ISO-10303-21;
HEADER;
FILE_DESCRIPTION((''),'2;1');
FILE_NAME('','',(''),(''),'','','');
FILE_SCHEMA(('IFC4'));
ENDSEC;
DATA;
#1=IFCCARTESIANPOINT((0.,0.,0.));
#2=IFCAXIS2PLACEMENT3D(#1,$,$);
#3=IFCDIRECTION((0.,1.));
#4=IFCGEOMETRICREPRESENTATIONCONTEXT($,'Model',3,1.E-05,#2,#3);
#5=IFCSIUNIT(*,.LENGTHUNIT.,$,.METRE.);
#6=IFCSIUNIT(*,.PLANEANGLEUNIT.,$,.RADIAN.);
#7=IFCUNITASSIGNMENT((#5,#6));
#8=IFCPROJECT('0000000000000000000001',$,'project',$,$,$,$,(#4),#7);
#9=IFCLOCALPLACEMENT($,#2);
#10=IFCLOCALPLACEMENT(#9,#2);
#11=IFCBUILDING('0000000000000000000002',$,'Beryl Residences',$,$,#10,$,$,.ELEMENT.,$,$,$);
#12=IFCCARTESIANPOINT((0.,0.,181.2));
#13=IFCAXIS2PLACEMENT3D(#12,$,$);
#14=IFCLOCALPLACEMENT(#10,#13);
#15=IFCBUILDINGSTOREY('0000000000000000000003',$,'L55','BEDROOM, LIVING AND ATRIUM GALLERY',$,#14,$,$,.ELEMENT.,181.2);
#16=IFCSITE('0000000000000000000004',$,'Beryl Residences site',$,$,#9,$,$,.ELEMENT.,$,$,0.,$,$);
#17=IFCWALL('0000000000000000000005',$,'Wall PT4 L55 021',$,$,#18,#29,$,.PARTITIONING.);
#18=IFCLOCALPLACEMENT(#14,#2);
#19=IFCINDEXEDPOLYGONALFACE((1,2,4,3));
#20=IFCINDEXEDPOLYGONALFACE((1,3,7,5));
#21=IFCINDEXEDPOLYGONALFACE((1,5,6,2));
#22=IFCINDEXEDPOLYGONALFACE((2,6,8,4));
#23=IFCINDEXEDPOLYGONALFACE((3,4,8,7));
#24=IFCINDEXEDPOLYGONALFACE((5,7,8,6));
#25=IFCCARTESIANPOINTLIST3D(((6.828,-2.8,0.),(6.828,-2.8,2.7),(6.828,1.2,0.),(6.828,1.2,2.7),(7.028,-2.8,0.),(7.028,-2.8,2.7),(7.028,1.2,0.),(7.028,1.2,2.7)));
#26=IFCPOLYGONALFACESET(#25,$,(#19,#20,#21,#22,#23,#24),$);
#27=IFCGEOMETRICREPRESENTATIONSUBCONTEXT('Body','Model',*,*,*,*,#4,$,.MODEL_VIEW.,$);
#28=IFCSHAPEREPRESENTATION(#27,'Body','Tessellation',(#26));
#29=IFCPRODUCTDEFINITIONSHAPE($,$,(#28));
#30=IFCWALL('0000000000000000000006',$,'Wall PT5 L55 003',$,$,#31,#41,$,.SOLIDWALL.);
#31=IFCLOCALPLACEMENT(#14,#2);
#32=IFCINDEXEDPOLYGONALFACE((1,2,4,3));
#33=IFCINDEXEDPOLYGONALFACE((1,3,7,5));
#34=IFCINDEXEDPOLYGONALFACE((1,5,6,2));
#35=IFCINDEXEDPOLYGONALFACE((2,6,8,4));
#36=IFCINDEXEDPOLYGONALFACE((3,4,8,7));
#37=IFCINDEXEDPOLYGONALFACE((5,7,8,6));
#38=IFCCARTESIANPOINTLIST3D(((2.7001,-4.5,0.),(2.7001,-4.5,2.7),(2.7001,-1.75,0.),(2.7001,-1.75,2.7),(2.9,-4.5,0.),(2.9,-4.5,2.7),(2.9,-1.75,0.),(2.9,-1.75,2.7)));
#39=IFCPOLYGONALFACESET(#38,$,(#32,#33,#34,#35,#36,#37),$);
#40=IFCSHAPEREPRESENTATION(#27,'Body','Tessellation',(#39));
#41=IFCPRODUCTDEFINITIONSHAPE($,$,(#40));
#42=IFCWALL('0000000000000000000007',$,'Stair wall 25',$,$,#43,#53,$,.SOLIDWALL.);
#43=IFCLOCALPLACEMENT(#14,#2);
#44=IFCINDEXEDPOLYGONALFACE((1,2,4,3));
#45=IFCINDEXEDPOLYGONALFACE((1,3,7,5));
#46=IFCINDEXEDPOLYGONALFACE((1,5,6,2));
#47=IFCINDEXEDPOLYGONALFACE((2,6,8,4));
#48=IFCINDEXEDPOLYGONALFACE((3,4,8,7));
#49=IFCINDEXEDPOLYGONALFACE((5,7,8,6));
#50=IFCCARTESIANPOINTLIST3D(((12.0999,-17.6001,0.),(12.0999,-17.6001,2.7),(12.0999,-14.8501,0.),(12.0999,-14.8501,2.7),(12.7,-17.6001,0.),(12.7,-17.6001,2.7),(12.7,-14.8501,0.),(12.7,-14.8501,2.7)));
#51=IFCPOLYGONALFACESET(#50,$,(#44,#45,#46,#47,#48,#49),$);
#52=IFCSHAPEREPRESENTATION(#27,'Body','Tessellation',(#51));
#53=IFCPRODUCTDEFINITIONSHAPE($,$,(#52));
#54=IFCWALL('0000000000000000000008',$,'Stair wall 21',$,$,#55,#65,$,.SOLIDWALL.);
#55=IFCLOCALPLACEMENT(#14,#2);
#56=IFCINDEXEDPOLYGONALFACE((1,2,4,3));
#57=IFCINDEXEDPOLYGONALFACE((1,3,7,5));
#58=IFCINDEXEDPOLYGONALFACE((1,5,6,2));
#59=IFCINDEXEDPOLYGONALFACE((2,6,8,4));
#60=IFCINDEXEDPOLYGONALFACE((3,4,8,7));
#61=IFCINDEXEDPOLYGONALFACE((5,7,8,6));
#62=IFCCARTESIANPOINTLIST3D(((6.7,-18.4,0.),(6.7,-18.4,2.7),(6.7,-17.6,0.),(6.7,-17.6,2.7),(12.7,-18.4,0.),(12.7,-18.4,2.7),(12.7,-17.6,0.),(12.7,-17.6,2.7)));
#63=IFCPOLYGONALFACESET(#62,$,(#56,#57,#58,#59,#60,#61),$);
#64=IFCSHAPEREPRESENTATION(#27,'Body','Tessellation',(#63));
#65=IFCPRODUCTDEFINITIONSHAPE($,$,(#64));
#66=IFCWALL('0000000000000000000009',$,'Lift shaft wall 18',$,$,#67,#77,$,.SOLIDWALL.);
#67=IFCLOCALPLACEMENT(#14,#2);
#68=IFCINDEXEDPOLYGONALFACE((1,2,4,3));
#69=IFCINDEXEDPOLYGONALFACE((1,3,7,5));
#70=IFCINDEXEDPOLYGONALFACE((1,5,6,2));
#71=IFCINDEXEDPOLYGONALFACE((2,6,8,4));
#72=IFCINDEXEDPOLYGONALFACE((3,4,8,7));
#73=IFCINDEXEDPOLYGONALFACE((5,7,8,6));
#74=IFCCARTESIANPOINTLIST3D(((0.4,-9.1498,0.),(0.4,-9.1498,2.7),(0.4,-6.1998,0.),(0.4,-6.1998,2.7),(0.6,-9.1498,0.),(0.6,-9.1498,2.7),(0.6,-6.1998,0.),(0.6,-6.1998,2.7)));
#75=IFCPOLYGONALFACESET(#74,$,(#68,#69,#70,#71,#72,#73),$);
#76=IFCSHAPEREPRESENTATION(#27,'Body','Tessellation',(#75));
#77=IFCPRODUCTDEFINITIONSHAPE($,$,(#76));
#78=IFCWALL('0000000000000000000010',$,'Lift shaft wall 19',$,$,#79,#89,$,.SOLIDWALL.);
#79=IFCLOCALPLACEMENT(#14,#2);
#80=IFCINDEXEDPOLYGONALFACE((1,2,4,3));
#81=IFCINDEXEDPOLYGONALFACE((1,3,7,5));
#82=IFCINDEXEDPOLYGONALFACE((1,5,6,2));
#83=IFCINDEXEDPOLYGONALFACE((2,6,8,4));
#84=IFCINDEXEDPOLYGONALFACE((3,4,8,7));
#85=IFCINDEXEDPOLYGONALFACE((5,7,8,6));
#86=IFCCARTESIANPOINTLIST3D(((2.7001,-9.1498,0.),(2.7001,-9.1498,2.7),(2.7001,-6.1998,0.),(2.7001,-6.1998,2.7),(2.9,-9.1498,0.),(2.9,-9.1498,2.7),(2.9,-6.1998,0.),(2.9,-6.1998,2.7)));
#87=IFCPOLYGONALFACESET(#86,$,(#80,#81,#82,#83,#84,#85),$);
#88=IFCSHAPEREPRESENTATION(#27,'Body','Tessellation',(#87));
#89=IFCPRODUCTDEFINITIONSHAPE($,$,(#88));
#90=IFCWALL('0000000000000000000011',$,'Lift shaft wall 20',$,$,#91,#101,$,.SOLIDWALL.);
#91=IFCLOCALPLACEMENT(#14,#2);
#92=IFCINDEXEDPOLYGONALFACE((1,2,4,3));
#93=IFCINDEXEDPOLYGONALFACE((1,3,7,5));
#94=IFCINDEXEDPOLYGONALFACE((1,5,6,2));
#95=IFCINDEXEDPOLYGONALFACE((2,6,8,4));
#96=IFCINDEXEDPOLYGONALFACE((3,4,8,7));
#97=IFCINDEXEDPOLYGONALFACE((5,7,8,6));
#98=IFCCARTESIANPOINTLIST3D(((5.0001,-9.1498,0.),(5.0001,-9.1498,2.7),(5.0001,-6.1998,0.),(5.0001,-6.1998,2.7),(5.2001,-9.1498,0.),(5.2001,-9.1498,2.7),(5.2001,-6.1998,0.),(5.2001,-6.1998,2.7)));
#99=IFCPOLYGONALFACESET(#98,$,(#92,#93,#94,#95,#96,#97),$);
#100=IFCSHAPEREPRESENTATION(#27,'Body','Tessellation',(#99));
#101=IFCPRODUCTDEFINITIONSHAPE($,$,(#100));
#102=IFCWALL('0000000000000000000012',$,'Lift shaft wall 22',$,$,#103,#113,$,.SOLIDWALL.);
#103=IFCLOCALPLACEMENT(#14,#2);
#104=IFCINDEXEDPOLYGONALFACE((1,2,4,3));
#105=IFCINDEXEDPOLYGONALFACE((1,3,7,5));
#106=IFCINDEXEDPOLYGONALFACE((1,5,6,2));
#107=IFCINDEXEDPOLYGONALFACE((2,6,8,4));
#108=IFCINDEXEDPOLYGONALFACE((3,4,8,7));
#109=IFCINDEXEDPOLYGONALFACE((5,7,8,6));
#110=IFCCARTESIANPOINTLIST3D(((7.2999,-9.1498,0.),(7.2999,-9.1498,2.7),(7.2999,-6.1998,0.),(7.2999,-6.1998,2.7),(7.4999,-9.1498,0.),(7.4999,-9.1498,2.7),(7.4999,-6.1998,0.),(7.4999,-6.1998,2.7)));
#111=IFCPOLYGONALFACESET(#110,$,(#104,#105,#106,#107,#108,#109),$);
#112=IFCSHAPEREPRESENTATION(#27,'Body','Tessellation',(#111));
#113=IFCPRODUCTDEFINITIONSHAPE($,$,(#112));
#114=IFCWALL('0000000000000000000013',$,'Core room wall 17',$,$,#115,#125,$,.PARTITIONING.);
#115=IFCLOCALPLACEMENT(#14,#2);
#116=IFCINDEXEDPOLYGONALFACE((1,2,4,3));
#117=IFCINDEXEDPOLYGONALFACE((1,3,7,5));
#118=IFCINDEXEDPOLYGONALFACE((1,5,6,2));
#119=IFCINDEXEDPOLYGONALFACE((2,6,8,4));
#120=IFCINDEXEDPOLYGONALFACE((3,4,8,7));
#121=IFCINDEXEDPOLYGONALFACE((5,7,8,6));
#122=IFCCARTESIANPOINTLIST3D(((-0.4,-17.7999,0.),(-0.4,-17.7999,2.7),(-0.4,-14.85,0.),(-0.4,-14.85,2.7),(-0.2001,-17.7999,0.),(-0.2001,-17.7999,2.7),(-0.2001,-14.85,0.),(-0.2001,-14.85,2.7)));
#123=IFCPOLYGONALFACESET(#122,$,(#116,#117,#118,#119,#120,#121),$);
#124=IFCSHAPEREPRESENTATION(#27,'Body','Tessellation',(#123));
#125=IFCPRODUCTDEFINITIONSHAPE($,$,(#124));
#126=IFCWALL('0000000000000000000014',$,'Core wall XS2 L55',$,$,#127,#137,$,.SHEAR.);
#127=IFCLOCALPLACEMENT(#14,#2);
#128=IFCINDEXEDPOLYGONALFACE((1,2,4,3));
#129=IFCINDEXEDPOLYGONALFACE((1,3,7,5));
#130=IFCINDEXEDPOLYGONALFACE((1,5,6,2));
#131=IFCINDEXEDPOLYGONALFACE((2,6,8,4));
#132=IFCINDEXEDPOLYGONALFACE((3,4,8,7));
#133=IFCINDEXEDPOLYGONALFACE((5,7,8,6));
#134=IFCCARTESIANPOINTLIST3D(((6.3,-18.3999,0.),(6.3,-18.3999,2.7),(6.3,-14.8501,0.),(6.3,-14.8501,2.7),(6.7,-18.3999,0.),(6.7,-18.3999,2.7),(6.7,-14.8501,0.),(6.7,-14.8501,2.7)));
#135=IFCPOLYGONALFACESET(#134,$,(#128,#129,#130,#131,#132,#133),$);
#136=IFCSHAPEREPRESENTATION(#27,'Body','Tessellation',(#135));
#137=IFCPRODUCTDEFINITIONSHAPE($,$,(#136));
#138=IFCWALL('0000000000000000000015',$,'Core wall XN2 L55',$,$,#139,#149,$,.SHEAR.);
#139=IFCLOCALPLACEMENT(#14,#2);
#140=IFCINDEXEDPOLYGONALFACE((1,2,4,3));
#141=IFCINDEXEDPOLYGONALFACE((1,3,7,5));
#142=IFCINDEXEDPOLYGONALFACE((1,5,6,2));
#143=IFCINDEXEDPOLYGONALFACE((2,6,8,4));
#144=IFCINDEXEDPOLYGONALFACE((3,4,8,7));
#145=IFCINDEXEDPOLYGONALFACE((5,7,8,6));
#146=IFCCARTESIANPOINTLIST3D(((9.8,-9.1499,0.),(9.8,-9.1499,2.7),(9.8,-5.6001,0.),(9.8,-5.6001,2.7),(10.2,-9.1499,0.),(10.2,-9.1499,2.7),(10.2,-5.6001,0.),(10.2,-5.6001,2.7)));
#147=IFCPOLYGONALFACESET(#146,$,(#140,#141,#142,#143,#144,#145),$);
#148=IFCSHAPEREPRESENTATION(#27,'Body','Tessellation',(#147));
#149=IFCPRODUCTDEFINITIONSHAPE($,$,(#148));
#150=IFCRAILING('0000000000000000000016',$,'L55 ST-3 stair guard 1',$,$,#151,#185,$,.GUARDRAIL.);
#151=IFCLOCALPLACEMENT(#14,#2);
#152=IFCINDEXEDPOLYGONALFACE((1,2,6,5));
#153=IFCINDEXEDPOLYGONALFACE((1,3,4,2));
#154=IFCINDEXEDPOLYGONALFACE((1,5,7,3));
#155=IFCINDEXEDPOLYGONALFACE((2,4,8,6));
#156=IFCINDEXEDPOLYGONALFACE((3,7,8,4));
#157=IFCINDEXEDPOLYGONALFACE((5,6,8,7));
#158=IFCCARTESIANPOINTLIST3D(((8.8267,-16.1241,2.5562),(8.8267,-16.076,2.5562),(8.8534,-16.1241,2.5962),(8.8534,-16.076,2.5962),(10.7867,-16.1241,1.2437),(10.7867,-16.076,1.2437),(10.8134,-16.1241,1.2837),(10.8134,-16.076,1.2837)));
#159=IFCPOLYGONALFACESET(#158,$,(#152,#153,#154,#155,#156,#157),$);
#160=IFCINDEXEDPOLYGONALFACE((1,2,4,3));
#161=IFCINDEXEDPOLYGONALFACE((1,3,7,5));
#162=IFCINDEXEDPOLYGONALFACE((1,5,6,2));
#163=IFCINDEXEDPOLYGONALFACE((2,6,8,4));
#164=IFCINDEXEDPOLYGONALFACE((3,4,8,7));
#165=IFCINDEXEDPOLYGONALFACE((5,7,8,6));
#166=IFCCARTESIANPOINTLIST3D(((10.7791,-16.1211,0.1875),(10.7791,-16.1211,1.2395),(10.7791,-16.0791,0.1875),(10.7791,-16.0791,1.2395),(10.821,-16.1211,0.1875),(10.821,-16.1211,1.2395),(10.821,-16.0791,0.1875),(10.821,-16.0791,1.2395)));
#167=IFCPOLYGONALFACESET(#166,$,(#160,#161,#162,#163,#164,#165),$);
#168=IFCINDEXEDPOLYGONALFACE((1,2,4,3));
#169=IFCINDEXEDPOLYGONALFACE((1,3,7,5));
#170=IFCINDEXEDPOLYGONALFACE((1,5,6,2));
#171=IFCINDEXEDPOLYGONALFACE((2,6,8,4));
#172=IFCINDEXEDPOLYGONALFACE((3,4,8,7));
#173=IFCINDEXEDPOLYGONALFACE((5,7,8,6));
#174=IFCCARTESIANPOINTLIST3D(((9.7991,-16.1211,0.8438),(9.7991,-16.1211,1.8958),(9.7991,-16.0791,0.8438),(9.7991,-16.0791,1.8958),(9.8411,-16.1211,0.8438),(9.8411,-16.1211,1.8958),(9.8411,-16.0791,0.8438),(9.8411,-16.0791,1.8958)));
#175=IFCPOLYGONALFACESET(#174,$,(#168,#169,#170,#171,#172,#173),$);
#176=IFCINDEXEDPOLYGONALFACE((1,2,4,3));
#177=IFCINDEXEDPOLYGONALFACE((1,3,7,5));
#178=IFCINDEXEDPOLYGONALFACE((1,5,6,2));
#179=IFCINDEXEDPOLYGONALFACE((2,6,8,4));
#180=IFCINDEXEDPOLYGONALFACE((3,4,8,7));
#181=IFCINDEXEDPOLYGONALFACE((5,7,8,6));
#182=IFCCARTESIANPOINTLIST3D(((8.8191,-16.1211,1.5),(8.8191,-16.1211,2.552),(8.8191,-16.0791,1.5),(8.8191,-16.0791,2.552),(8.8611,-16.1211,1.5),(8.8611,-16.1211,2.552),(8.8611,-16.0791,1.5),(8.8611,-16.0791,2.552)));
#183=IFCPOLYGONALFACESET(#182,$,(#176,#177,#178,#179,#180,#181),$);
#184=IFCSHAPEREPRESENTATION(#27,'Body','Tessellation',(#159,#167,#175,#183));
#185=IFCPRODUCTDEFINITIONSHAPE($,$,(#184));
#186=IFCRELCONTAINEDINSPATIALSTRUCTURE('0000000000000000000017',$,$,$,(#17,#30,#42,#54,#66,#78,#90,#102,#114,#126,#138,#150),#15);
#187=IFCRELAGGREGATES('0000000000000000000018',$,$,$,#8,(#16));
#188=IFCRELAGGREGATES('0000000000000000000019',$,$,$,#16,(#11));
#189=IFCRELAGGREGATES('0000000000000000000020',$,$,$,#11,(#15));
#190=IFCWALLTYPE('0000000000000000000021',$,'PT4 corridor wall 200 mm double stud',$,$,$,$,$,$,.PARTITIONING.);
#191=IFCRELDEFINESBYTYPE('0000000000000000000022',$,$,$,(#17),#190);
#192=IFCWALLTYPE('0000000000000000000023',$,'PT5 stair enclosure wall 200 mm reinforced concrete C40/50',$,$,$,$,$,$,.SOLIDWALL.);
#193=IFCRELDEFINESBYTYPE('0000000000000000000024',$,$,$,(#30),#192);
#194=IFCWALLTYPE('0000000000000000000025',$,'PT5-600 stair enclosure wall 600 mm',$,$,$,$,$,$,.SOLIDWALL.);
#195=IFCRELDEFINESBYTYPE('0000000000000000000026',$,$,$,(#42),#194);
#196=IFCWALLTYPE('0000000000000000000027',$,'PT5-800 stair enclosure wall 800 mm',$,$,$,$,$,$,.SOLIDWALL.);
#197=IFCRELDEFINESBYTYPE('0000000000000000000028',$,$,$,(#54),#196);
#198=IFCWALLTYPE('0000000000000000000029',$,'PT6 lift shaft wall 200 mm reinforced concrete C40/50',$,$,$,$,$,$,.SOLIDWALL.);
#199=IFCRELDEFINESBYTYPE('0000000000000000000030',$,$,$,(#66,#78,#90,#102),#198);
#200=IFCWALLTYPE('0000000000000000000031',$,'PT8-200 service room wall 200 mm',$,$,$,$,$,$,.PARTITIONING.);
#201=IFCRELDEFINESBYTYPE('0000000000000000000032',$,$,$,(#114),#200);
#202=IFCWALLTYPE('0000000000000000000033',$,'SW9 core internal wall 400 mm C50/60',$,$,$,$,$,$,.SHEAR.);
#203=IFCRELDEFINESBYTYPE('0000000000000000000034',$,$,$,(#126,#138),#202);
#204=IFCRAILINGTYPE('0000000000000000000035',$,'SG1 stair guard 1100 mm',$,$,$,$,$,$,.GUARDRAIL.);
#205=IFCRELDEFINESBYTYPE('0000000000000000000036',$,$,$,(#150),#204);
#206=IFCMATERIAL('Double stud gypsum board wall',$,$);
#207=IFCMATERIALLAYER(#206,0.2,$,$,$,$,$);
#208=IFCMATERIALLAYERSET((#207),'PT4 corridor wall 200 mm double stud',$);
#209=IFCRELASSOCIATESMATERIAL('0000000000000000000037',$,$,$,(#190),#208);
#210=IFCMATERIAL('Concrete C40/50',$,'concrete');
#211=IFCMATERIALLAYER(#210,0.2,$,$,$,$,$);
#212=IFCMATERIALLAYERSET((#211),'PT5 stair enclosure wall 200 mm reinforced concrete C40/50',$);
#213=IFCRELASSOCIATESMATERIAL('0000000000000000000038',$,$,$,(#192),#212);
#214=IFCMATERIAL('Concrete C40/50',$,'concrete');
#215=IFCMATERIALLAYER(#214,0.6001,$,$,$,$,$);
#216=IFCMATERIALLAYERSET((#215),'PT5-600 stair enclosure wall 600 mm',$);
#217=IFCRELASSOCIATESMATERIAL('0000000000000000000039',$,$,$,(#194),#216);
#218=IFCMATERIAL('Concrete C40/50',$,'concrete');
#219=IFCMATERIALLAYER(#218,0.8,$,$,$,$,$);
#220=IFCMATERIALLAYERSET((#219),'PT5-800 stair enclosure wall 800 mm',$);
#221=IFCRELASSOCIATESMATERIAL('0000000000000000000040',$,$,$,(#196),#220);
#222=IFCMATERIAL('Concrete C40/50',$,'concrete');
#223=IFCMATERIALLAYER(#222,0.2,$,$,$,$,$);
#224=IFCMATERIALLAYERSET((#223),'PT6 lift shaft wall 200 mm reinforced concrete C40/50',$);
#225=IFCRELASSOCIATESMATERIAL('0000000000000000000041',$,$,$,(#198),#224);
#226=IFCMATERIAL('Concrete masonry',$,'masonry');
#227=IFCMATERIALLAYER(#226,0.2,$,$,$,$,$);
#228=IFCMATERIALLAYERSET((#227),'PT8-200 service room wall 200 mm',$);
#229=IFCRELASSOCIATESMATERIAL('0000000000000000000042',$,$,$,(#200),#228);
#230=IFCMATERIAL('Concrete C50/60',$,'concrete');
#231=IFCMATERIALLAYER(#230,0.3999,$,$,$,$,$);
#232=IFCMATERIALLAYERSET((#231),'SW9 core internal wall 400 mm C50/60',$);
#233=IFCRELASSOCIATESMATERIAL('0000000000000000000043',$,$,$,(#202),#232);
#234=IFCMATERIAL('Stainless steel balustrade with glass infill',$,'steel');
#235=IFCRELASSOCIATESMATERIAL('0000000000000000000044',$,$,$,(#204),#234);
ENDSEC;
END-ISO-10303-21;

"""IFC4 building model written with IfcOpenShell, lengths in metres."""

from ifc_helpers import new_model, si_unit, direction, frame, frame_2d, origin, origin_2d, place, context, subcontext, project, spatial, rectangle, extrude, material, layer, layer_set, type_object, element, save


model = new_model("IFC4")

# Units and contexts
model_context = context("Model", 3, precision=1e-05, world=origin(), true_north=direction((0.0, 1.0)))
body_context = subcontext(model_context, "Body", "Model", "MODEL_VIEW")
ifc_project = project(units=[si_unit("LENGTHUNIT", "METRE"), si_unit("PLANEANGLEUNIT", "RADIAN")], contexts=[model_context])

# Site, building, storey
site_placement = place(None, origin())
site = spatial("IfcSite", under=ifc_project, at=site_placement, Name="Beryl Residences site", CompositionType="ELEMENT", RefElevation=0.0)
building_placement = place(site_placement, origin())
building = spatial("IfcBuilding", under=site, at=building_placement, Name="Beryl Residences", CompositionType="ELEMENT")
storey_placement = place(building_placement, frame((0.0, 0.0, 181.2)))
storey = spatial("IfcBuildingStorey", under=building, at=storey_placement, Name="L55", Description="BEDROOM, LIVING AND ATRIUM GALLERY", CompositionType="ELEMENT", Elevation=181.2)

# Walls
ifc_material_1 = material(Name="Double stud gypsum board wall")
ifc_layer_1 = layer(ifc_material_1, 0.2)
ifc_layer_set_1 = layer_set([ifc_layer_1], Name="PT4 corridor wall 200 mm double stud")
wall_type_1 = type_object("IfcWallType", Name="PT4 corridor wall 200 mm double stud", PredefinedType="PARTITIONING", material=ifc_layer_set_1)
wall_1_placement = place(storey_placement, frame((6.928, -2.8, 0.0), z_axis=(0.0, 0.0, 1.0), x_axis=(0.0, 1.0, 0.0)))
element("IfcWall", 1, at=wall_1_placement, inside=storey, type_object=wall_type_1, Name="Wall PT4 L55 021", PredefinedType="PARTITIONING", context=body_context, shape_type="SweptSolid", body=[
    extrude(rectangle(XDim=4.0, YDim=0.2, at=frame_2d((2.0, 0.0))), origin(), (0.0, 0.0, 1.0), 2.7),
])
ifc_material_2 = material(Name="Concrete C40/50", Category="concrete")
ifc_layer_2 = layer(ifc_material_2, 0.2)
ifc_layer_set_2 = layer_set([ifc_layer_2], Name="PT5 stair enclosure wall 200 mm reinforced concrete C40/50")
wall_type_2 = type_object("IfcWallType", Name="PT5 stair enclosure wall 200 mm reinforced concrete C40/50", PredefinedType="SOLIDWALL", material=ifc_layer_set_2)
wall_2_placement = place(storey_placement, frame((2.8, -4.5, 0.0), z_axis=(0.0, 0.0, 1.0), x_axis=(0.0, 1.0, 0.0)))
element("IfcWall", 2, at=wall_2_placement, inside=storey, type_object=wall_type_2, Name="Wall PT5 L55 003", PredefinedType="SOLIDWALL", context=body_context, shape_type="SweptSolid", body=[
    extrude(rectangle(XDim=2.75, YDim=0.2, at=frame_2d((1.375, 0.0))), origin(), (0.0, 0.0, 1.0), 2.7),
])
ifc_material_3 = material(Name="Concrete C40/50", Category="concrete")
ifc_layer_3 = layer(ifc_material_3, 0.6001)
ifc_layer_set_3 = layer_set([ifc_layer_3], Name="PT5-600 stair enclosure wall 600 mm")
wall_type_3 = type_object("IfcWallType", Name="PT5-600 stair enclosure wall 600 mm", PredefinedType="SOLIDWALL", material=ifc_layer_set_3)
wall_3_placement = place(storey_placement, frame((12.3999, -17.6001, 0.0), z_axis=(0.0, 0.0, 1.0), x_axis=(0.0, 1.0, 0.0)))
element("IfcWall", 3, at=wall_3_placement, inside=storey, type_object=wall_type_3, Name="Stair wall 25", PredefinedType="SOLIDWALL", context=body_context, shape_type="SweptSolid", body=[
    extrude(rectangle(XDim=2.75, YDim=0.6001, at=frame_2d((1.375, 0.0))), origin(), (0.0, 0.0, 1.0), 2.7),
])
ifc_material_4 = material(Name="Concrete C40/50", Category="concrete")
ifc_layer_4 = layer(ifc_material_4, 0.8)
ifc_layer_set_4 = layer_set([ifc_layer_4], Name="PT5-800 stair enclosure wall 800 mm")
wall_type_4 = type_object("IfcWallType", Name="PT5-800 stair enclosure wall 800 mm", PredefinedType="SOLIDWALL", material=ifc_layer_set_4)
wall_4_placement = place(storey_placement, frame((6.7, -18.0, 0.0), z_axis=(0.0, 0.0, 1.0), x_axis=(1.0, 0.0, 0.0)))
element("IfcWall", 4, at=wall_4_placement, inside=storey, type_object=wall_type_4, Name="Stair wall 21", PredefinedType="SOLIDWALL", context=body_context, shape_type="SweptSolid", body=[
    extrude(rectangle(XDim=6.0, YDim=0.8, at=frame_2d((3.0, 0.0))), origin(), (0.0, 0.0, 1.0), 2.7),
])
ifc_material_5 = material(Name="Concrete C40/50", Category="concrete")
ifc_layer_5 = layer(ifc_material_5, 0.2)
ifc_layer_set_5 = layer_set([ifc_layer_5], Name="PT6 lift shaft wall 200 mm reinforced concrete C40/50")
wall_type_5 = type_object("IfcWallType", Name="PT6 lift shaft wall 200 mm reinforced concrete C40/50", PredefinedType="SOLIDWALL", material=ifc_layer_set_5)
for number, where, z_axis, x_axis, name in (
    (5, (0.5, -9.1499, 0.0), (0.0, 0.0, 1.0), (0.0, 1.0, 0.0), "Lift shaft wall 18"),
    (6, (2.8, -9.1499, 0.0), (0.0, 0.0, 1.0), (0.0, 1.0, 0.0), "Lift shaft wall 19"),
    (7, (5.1001, -9.1499, 0.0), (0.0, 0.0, 1.0), (0.0, 1.0, 0.0), "Lift shaft wall 20"),
    (8, (7.3999, -9.1499, 0.0), (0.0, 0.0, 1.0), (0.0, 1.0, 0.0), "Lift shaft wall 22"),
):
    element("IfcWall", number, at=place(storey_placement, frame(where, z_axis=z_axis, x_axis=x_axis)), inside=storey, type_object=wall_type_5, Name=name, PredefinedType="SOLIDWALL", context=body_context, shape_type="SweptSolid", body=[
        extrude(rectangle(XDim=2.95, YDim=0.2, at=frame_2d((1.4751, 0.0))), origin(), (0.0, 0.0, 1.0), 2.7),
    ])
ifc_material_6 = material(Name="Concrete masonry", Category="masonry")
ifc_layer_6 = layer(ifc_material_6, 0.2)
ifc_layer_set_6 = layer_set([ifc_layer_6], Name="PT8-200 service room wall 200 mm")
wall_type_6 = type_object("IfcWallType", Name="PT8-200 service room wall 200 mm", PredefinedType="PARTITIONING", material=ifc_layer_set_6)
wall_5_placement = place(storey_placement, frame((-0.3, -17.8, 0.0), z_axis=(0.0, 0.0, 1.0), x_axis=(0.0, 1.0, 0.0)))
element("IfcWall", 9, at=wall_5_placement, inside=storey, type_object=wall_type_6, Name="Core room wall 17", PredefinedType="PARTITIONING", context=body_context, shape_type="SweptSolid", body=[
    extrude(rectangle(XDim=2.95, YDim=0.2, at=frame_2d((1.4751, 0.0))), origin(), (0.0, 0.0, 1.0), 2.7),
])
ifc_material_7 = material(Name="Concrete C50/60", Category="concrete")
ifc_layer_7 = layer(ifc_material_7, 0.3999)
ifc_layer_set_7 = layer_set([ifc_layer_7], Name="SW9 core internal wall 400 mm C50/60")
wall_type_7 = type_object("IfcWallType", Name="SW9 core internal wall 400 mm C50/60", PredefinedType="SHEAR", material=ifc_layer_set_7)
for number, where, z_axis, x_axis, name in (
    (10, (6.5, -18.3999, 0.0), (0.0, 0.0, 1.0), (0.0, 1.0, 0.0), "Core wall XS2 L55"),
    (11, (10.0, -9.1499, 0.0), (0.0, 0.0, 1.0), (0.0, 1.0, 0.0), "Core wall XN2 L55"),
):
    element("IfcWall", number, at=place(storey_placement, frame(where, z_axis=z_axis, x_axis=x_axis)), inside=storey, type_object=wall_type_7, Name=name, PredefinedType="SHEAR", context=body_context, shape_type="SweptSolid", body=[
        extrude(rectangle(XDim=3.5498, YDim=0.3999, at=frame_2d((1.7749, 0.0))), origin(), (0.0, 0.0, 1.0), 2.7),
    ])

# Railing
ifc_material_8 = material(Name="Stainless steel balustrade with glass infill", Category="steel")
railing_type_1 = type_object("IfcRailingType", Name="SG1 stair guard 1100 mm", PredefinedType="GUARDRAIL", material=ifc_material_8)
railing_1_placement = place(storey_placement, frame((10.8, -16.1001, 0.1875)))
element("IfcRailing", 12, at=railing_1_placement, inside=storey, type_object=railing_type_1, Name="L55 ST-3 stair guard 1", PredefinedType="GUARDRAIL", context=body_context, shape_type="SweptSolid", body=[
    extrude(rectangle(XDim=0.0481, YDim=0.0481, at=origin_2d()), frame((0.0, 0.0, 1.0762), z_axis=(-0.830902, 0.0, 0.556419), x_axis=(0.0, -1.0, 0.0)), (0.0, 0.0, 1.0), 2.3589),
    extrude(rectangle(XDim=0.042, YDim=0.042, at=origin_2d()), origin(), (0.0, 0.0, 1.0), 1.052),
    extrude(rectangle(XDim=0.042, YDim=0.042, at=origin_2d()), frame((-0.98, 0.0, 0.6562)), (0.0, 0.0, 1.0), 1.052),
    extrude(rectangle(XDim=0.042, YDim=0.042, at=origin_2d()), frame((-1.96, 0.0, 1.3125)), (0.0, 0.0, 1.0), 1.052),
])

save(model, "model.ifc")
